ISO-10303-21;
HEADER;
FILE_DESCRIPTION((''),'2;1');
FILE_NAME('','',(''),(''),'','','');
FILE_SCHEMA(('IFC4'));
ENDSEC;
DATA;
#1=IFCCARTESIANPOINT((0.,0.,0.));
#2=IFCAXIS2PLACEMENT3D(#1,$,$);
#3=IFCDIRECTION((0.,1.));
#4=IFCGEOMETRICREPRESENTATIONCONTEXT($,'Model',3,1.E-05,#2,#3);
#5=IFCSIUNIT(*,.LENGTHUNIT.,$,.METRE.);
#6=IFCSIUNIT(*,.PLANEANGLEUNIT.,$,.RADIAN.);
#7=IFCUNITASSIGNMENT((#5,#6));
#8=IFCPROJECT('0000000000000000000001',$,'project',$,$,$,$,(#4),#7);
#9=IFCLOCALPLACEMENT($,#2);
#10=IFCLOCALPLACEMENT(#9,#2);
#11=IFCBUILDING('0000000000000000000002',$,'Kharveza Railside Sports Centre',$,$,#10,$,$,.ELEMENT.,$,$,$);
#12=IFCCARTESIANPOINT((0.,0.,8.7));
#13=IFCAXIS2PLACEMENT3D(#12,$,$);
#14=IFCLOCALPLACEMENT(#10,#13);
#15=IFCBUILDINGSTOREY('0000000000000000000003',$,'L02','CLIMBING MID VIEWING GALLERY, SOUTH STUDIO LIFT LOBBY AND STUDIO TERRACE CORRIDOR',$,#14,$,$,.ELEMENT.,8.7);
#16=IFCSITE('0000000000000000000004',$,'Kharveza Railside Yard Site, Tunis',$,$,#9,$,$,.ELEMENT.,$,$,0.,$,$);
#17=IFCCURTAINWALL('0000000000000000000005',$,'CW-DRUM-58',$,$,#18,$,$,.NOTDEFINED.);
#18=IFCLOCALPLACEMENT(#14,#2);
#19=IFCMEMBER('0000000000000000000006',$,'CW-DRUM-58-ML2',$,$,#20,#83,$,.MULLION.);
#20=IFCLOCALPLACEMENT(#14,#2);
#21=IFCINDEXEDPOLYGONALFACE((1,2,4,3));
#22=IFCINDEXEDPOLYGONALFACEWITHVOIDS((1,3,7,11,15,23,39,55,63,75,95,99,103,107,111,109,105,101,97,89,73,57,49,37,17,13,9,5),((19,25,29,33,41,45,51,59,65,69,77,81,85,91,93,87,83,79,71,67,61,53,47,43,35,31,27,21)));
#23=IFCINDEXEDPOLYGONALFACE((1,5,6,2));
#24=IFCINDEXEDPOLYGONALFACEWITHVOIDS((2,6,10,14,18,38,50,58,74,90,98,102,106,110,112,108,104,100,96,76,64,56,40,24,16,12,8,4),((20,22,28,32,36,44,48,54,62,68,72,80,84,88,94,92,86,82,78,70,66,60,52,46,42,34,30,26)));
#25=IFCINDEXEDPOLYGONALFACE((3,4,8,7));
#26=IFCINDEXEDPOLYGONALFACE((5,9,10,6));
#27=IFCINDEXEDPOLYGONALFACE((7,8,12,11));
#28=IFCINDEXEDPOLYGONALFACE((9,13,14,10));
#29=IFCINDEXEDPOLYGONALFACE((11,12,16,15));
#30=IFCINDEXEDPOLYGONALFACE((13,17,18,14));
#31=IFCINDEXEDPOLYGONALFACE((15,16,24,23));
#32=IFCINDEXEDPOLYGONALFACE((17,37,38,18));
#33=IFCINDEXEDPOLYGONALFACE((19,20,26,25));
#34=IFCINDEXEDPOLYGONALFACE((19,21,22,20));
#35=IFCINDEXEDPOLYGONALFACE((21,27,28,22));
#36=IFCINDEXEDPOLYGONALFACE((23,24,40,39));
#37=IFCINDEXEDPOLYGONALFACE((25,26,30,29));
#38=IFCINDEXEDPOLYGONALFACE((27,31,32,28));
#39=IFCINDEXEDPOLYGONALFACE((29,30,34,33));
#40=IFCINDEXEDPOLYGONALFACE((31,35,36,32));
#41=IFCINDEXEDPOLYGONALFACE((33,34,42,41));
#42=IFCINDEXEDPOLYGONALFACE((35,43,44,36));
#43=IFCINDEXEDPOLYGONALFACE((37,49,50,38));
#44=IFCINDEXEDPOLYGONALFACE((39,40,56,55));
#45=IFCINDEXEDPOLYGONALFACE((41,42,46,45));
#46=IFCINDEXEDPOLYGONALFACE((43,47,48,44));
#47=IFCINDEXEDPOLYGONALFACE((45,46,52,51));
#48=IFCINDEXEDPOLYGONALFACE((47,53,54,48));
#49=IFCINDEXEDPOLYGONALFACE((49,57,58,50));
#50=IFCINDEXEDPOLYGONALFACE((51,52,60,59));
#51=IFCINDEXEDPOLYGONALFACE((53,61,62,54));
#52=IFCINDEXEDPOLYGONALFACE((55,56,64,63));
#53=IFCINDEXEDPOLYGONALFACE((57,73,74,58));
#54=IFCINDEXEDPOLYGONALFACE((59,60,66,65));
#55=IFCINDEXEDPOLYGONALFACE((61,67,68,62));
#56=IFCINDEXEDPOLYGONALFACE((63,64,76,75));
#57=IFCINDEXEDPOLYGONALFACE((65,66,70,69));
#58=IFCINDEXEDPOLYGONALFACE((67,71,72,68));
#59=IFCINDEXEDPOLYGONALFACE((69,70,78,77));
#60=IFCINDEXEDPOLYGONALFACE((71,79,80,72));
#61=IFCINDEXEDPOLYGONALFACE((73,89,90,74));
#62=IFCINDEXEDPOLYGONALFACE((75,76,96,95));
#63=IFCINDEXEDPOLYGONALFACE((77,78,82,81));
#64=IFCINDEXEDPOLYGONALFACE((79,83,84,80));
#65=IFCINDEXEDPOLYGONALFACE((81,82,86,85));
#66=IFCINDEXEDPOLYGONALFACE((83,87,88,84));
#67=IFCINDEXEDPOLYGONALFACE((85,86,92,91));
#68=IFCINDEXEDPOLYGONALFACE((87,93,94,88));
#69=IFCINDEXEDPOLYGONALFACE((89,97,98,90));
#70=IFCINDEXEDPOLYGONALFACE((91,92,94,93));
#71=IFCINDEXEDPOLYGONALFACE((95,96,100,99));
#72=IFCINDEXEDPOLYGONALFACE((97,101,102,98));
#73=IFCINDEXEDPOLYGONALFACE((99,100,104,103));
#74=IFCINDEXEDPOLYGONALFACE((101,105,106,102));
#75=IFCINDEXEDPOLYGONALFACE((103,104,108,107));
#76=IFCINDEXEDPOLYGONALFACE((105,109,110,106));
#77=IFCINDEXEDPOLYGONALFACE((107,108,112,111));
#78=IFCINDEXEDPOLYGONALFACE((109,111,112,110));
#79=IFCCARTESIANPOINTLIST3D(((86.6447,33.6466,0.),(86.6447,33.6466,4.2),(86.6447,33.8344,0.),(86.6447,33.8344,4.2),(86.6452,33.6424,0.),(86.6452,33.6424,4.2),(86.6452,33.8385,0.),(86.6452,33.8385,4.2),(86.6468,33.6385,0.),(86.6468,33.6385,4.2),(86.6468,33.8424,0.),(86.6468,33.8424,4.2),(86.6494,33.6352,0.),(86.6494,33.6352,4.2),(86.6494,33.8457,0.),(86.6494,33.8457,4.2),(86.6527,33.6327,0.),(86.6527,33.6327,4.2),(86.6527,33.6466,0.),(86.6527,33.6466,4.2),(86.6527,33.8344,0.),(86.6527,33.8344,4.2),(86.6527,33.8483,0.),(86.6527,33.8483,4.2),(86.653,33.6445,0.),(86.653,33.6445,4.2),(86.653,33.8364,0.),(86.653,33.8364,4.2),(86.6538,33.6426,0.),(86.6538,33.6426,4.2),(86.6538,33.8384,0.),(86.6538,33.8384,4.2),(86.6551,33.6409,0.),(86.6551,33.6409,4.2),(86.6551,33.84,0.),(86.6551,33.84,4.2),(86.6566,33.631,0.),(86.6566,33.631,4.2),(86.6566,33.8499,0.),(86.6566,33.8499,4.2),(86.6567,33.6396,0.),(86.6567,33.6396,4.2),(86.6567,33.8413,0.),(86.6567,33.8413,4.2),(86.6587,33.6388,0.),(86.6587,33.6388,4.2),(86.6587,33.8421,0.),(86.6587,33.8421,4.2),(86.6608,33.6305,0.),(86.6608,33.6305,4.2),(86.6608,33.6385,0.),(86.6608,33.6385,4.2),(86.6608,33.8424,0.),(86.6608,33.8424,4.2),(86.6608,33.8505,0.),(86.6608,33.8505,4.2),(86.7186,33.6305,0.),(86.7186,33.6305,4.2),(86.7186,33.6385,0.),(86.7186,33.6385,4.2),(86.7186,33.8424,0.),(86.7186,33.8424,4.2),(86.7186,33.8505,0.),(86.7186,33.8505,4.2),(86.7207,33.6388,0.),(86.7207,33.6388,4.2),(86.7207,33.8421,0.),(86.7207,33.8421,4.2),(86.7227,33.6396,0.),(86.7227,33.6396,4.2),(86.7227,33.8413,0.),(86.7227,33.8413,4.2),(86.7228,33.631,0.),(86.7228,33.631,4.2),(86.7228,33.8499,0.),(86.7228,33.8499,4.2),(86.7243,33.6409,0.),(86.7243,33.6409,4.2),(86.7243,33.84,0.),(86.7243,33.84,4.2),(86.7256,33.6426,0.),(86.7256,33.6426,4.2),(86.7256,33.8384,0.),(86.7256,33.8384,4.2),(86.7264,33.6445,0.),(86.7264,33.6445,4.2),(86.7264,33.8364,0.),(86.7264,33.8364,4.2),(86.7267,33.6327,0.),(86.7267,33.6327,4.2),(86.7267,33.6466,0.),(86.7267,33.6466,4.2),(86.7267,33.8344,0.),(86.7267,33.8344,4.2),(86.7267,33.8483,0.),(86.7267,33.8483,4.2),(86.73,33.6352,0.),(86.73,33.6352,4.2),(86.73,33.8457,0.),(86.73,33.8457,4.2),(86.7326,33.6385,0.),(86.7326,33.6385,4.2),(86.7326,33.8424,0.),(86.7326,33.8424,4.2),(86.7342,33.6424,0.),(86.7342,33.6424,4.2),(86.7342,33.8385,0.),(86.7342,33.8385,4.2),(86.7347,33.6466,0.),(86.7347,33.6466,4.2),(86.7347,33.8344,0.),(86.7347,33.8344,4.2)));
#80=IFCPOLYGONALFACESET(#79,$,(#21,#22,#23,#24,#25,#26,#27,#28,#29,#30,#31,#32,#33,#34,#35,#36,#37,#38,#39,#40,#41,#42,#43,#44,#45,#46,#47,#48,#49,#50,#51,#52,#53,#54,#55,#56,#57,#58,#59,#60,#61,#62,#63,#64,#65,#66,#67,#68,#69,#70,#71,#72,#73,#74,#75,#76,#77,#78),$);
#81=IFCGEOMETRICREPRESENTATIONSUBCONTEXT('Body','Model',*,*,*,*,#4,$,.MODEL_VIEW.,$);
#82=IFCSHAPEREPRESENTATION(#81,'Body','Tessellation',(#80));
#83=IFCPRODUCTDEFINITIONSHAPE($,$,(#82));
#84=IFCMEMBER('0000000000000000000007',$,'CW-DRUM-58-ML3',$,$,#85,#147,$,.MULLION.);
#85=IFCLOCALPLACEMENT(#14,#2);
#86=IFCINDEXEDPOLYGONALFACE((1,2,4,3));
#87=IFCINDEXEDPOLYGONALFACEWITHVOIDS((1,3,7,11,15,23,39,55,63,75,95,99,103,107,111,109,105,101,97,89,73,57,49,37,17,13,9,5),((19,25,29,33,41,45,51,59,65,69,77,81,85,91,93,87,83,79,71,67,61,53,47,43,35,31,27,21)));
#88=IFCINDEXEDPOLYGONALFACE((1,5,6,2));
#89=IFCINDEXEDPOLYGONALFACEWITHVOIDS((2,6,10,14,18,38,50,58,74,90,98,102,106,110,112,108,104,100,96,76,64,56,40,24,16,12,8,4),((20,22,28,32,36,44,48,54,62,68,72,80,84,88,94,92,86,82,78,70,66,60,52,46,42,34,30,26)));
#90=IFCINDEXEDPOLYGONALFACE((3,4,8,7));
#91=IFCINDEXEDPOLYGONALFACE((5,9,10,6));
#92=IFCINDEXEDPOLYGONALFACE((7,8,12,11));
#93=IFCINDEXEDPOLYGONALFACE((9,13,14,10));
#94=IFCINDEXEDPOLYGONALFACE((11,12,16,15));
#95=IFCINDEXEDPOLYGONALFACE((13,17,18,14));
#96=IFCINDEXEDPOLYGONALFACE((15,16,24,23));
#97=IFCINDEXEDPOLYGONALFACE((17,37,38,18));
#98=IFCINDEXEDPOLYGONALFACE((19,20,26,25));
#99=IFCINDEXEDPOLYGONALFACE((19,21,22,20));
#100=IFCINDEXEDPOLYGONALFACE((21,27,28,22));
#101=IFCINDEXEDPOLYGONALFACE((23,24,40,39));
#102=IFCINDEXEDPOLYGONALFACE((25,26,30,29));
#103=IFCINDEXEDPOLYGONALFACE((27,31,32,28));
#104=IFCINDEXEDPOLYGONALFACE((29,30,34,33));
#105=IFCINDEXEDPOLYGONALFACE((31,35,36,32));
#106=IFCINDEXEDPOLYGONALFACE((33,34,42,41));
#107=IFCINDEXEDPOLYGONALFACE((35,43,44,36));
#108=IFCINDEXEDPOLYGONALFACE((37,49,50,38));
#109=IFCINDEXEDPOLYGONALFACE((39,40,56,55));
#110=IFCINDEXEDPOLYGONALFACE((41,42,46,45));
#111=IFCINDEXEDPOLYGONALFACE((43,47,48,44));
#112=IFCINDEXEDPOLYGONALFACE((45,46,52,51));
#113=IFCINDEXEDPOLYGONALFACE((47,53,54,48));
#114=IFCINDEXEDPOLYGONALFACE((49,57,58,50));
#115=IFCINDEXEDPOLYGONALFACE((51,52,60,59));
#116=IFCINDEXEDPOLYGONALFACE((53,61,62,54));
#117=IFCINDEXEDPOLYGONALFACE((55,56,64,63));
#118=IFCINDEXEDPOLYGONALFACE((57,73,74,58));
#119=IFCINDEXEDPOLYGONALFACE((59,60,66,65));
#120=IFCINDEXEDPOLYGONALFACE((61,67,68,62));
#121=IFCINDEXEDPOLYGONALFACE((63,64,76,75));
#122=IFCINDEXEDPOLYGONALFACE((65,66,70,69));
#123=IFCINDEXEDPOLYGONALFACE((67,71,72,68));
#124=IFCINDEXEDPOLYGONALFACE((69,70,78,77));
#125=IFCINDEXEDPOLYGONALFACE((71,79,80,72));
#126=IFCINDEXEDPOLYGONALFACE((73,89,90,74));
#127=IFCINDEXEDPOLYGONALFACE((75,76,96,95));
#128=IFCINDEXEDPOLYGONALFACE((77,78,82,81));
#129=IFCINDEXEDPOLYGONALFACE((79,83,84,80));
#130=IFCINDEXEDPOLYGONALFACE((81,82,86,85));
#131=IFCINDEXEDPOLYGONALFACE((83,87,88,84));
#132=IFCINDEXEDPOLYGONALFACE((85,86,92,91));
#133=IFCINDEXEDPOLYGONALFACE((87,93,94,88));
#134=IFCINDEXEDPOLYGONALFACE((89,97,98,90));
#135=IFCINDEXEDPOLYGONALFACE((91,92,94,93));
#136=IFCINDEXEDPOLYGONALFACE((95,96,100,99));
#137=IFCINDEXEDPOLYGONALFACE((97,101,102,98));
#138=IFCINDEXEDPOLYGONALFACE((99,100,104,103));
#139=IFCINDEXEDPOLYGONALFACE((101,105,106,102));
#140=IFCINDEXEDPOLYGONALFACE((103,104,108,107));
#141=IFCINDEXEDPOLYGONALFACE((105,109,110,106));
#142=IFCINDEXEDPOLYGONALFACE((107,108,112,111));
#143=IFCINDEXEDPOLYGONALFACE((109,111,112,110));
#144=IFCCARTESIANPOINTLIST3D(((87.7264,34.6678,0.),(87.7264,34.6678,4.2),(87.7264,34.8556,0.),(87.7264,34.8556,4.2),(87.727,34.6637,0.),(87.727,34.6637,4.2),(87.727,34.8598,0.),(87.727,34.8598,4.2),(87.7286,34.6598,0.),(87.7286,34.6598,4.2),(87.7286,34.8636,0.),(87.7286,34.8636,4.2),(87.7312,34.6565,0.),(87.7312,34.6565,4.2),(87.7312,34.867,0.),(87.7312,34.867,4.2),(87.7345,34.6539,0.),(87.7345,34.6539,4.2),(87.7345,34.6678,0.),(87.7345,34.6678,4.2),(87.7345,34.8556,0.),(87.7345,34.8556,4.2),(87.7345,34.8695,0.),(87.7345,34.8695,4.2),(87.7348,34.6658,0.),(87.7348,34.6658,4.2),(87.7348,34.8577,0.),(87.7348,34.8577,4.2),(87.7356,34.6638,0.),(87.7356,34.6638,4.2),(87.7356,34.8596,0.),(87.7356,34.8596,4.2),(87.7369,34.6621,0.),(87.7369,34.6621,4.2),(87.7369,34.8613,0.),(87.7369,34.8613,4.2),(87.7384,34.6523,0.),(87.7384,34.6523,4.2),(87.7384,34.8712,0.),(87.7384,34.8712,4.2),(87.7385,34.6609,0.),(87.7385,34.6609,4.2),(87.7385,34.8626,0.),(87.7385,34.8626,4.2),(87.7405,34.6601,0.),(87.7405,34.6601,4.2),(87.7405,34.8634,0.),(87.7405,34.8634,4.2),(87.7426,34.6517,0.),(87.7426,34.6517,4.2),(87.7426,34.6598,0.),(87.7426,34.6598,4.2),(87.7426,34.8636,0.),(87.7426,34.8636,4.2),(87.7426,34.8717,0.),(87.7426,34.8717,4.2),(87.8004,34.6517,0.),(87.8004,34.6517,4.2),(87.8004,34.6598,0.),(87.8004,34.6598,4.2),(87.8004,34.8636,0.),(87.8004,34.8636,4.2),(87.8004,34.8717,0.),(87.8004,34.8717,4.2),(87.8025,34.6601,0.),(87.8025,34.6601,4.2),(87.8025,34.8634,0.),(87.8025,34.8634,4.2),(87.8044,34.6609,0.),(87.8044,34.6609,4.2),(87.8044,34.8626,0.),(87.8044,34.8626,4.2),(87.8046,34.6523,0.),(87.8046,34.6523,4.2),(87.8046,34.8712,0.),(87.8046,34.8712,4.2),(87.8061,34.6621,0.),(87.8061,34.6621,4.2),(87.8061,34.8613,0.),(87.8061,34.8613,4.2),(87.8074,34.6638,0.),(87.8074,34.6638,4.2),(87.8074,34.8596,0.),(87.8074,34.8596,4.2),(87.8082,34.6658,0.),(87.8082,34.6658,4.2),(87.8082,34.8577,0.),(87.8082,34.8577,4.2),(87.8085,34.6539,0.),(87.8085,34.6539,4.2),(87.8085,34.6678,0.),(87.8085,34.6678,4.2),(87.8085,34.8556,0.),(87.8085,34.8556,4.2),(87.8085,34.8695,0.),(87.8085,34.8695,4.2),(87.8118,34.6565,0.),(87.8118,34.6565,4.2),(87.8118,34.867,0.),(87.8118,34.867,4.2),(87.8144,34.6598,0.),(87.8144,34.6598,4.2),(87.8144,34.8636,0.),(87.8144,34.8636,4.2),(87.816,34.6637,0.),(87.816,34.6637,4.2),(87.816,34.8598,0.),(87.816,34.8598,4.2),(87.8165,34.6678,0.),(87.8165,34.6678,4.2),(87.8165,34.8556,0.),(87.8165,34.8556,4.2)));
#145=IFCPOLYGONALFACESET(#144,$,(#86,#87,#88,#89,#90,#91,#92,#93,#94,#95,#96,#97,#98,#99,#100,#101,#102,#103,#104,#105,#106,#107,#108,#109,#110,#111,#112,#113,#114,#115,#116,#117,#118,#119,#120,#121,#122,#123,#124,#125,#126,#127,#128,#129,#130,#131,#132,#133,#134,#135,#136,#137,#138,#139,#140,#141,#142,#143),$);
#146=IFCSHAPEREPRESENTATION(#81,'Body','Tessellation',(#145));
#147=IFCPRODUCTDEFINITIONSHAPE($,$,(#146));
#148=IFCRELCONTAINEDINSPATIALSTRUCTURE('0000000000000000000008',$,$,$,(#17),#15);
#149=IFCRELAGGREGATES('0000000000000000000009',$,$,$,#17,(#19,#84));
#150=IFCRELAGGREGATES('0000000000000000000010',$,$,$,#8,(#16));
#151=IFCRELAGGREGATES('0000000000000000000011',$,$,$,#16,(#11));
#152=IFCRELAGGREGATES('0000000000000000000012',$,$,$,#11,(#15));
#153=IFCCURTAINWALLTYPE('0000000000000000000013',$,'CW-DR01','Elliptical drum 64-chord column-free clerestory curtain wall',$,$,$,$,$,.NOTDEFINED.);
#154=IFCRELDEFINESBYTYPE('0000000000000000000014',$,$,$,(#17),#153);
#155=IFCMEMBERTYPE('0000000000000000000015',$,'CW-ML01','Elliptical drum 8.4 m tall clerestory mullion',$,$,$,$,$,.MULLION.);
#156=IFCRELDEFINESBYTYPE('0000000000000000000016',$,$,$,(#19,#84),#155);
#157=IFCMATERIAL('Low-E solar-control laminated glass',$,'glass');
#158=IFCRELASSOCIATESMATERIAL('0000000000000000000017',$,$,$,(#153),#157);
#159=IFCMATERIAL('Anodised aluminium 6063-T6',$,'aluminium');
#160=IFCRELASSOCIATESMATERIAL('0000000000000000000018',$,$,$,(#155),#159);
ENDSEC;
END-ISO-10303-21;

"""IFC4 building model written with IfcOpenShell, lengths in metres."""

from ifc_helpers import new_model, si_unit, direction, frame, origin, origin_2d, place, context, subcontext, project, spatial, hollow_rectangle, extrude, material, material_profile, profile_set, type_object, element, aggregate, save


model = new_model("IFC4")

# Units and contexts
model_context = context("Model", 3, precision=1e-05, world=origin(), true_north=direction((0.0, 1.0)))
body_context = subcontext(model_context, "Body", "Model", "MODEL_VIEW")
ifc_project = project(units=[si_unit("LENGTHUNIT", "METRE"), si_unit("PLANEANGLEUNIT", "RADIAN")], contexts=[model_context])

# Site, building, storey
site_placement = place(None, origin())
site = spatial("IfcSite", under=ifc_project, at=site_placement, Name="Kharveza Railside Yard Site, Tunis", CompositionType="ELEMENT", RefElevation=0.0)
building_placement = place(site_placement, origin())
building = spatial("IfcBuilding", under=site, at=building_placement, Name="Kharveza Railside Sports Centre", CompositionType="ELEMENT")
storey_placement = place(building_placement, frame((0.0, 0.0, 8.7)))
storey = spatial("IfcBuildingStorey", under=building, at=storey_placement, Name="L02", Description="CLIMBING MID VIEWING GALLERY, SOUTH STUDIO LIFT LOBBY AND STUDIO TERRACE CORRIDOR", CompositionType="ELEMENT", Elevation=8.7)

# Curtain wall, members
ifc_material_1 = material(Name="Low-E solar-control laminated glass", Category="glass")
curtain_wall_type = type_object("IfcCurtainWallType", Name="CW-DR01", Description="Elliptical drum 64-chord column-free clerestory curtain wall", PredefinedType="NOTDEFINED", material=ifc_material_1)
ifc_material_2 = material(Name="Anodised aluminium 6063-T6", Category="aluminium")
ifc_material_profile_1 = material_profile(ifc_material_2, hollow_rectangle(XDim=0.0901, YDim=0.22, WallThickness=0.0081, InnerFilletRadius=0.0081, OuterFilletRadius=0.0161, at=origin_2d()), Name="RHS 90x220x8.0")
ifc_profile_set_1 = profile_set([ifc_material_profile_1], Name="Anodised aluminium 6063-T6")
member_type_1 = type_object("IfcMemberType", Name="CW-ML01", Description="Elliptical drum 8.4 m tall clerestory mullion", PredefinedType="MULLION", material=ifc_profile_set_1)
curtain_wall_1_placement = place(storey_placement, origin())
curtain_wall_1 = element("IfcCurtainWall", 1, at=curtain_wall_1_placement, inside=storey, type_object=curtain_wall_type, Name="CW-DRUM-58", PredefinedType="NOTDEFINED")
member_1_placement = place(storey_placement, frame((86.6897, 33.7405, 0.0), z_axis=(0.0, 0.0, 1.0), x_axis=(1.0, 0.0, 0.0)))
member_1 = element("IfcMember", 2, at=member_1_placement, type_object=member_type_1, Name="CW-DRUM-58-ML2", PredefinedType="MULLION", context=body_context, shape_type="SweptSolid", body=[
    extrude(hollow_rectangle(XDim=0.0901, YDim=0.22, WallThickness=0.0081, InnerFilletRadius=0.0081, OuterFilletRadius=0.0161, at=origin_2d()), origin(), (0.0, 0.0, 1.0), 4.2),
])
member_2_placement = place(storey_placement, frame((87.7715, 34.7617, 0.0), z_axis=(0.0, 0.0, 1.0), x_axis=(1.0, 0.0, 0.0)))
member_2 = element("IfcMember", 3, at=member_2_placement, type_object=member_type_1, Name="CW-DRUM-58-ML3", PredefinedType="MULLION", context=body_context, shape_type="SweptSolid", body=[
    extrude(hollow_rectangle(XDim=0.0901, YDim=0.22, WallThickness=0.0081, InnerFilletRadius=0.0081, OuterFilletRadius=0.0161, at=origin_2d()), origin(), (0.0, 0.0, 1.0), 4.2),
])

aggregate(curtain_wall_1, [member_1, member_2])

save(model, "model.ifc")
